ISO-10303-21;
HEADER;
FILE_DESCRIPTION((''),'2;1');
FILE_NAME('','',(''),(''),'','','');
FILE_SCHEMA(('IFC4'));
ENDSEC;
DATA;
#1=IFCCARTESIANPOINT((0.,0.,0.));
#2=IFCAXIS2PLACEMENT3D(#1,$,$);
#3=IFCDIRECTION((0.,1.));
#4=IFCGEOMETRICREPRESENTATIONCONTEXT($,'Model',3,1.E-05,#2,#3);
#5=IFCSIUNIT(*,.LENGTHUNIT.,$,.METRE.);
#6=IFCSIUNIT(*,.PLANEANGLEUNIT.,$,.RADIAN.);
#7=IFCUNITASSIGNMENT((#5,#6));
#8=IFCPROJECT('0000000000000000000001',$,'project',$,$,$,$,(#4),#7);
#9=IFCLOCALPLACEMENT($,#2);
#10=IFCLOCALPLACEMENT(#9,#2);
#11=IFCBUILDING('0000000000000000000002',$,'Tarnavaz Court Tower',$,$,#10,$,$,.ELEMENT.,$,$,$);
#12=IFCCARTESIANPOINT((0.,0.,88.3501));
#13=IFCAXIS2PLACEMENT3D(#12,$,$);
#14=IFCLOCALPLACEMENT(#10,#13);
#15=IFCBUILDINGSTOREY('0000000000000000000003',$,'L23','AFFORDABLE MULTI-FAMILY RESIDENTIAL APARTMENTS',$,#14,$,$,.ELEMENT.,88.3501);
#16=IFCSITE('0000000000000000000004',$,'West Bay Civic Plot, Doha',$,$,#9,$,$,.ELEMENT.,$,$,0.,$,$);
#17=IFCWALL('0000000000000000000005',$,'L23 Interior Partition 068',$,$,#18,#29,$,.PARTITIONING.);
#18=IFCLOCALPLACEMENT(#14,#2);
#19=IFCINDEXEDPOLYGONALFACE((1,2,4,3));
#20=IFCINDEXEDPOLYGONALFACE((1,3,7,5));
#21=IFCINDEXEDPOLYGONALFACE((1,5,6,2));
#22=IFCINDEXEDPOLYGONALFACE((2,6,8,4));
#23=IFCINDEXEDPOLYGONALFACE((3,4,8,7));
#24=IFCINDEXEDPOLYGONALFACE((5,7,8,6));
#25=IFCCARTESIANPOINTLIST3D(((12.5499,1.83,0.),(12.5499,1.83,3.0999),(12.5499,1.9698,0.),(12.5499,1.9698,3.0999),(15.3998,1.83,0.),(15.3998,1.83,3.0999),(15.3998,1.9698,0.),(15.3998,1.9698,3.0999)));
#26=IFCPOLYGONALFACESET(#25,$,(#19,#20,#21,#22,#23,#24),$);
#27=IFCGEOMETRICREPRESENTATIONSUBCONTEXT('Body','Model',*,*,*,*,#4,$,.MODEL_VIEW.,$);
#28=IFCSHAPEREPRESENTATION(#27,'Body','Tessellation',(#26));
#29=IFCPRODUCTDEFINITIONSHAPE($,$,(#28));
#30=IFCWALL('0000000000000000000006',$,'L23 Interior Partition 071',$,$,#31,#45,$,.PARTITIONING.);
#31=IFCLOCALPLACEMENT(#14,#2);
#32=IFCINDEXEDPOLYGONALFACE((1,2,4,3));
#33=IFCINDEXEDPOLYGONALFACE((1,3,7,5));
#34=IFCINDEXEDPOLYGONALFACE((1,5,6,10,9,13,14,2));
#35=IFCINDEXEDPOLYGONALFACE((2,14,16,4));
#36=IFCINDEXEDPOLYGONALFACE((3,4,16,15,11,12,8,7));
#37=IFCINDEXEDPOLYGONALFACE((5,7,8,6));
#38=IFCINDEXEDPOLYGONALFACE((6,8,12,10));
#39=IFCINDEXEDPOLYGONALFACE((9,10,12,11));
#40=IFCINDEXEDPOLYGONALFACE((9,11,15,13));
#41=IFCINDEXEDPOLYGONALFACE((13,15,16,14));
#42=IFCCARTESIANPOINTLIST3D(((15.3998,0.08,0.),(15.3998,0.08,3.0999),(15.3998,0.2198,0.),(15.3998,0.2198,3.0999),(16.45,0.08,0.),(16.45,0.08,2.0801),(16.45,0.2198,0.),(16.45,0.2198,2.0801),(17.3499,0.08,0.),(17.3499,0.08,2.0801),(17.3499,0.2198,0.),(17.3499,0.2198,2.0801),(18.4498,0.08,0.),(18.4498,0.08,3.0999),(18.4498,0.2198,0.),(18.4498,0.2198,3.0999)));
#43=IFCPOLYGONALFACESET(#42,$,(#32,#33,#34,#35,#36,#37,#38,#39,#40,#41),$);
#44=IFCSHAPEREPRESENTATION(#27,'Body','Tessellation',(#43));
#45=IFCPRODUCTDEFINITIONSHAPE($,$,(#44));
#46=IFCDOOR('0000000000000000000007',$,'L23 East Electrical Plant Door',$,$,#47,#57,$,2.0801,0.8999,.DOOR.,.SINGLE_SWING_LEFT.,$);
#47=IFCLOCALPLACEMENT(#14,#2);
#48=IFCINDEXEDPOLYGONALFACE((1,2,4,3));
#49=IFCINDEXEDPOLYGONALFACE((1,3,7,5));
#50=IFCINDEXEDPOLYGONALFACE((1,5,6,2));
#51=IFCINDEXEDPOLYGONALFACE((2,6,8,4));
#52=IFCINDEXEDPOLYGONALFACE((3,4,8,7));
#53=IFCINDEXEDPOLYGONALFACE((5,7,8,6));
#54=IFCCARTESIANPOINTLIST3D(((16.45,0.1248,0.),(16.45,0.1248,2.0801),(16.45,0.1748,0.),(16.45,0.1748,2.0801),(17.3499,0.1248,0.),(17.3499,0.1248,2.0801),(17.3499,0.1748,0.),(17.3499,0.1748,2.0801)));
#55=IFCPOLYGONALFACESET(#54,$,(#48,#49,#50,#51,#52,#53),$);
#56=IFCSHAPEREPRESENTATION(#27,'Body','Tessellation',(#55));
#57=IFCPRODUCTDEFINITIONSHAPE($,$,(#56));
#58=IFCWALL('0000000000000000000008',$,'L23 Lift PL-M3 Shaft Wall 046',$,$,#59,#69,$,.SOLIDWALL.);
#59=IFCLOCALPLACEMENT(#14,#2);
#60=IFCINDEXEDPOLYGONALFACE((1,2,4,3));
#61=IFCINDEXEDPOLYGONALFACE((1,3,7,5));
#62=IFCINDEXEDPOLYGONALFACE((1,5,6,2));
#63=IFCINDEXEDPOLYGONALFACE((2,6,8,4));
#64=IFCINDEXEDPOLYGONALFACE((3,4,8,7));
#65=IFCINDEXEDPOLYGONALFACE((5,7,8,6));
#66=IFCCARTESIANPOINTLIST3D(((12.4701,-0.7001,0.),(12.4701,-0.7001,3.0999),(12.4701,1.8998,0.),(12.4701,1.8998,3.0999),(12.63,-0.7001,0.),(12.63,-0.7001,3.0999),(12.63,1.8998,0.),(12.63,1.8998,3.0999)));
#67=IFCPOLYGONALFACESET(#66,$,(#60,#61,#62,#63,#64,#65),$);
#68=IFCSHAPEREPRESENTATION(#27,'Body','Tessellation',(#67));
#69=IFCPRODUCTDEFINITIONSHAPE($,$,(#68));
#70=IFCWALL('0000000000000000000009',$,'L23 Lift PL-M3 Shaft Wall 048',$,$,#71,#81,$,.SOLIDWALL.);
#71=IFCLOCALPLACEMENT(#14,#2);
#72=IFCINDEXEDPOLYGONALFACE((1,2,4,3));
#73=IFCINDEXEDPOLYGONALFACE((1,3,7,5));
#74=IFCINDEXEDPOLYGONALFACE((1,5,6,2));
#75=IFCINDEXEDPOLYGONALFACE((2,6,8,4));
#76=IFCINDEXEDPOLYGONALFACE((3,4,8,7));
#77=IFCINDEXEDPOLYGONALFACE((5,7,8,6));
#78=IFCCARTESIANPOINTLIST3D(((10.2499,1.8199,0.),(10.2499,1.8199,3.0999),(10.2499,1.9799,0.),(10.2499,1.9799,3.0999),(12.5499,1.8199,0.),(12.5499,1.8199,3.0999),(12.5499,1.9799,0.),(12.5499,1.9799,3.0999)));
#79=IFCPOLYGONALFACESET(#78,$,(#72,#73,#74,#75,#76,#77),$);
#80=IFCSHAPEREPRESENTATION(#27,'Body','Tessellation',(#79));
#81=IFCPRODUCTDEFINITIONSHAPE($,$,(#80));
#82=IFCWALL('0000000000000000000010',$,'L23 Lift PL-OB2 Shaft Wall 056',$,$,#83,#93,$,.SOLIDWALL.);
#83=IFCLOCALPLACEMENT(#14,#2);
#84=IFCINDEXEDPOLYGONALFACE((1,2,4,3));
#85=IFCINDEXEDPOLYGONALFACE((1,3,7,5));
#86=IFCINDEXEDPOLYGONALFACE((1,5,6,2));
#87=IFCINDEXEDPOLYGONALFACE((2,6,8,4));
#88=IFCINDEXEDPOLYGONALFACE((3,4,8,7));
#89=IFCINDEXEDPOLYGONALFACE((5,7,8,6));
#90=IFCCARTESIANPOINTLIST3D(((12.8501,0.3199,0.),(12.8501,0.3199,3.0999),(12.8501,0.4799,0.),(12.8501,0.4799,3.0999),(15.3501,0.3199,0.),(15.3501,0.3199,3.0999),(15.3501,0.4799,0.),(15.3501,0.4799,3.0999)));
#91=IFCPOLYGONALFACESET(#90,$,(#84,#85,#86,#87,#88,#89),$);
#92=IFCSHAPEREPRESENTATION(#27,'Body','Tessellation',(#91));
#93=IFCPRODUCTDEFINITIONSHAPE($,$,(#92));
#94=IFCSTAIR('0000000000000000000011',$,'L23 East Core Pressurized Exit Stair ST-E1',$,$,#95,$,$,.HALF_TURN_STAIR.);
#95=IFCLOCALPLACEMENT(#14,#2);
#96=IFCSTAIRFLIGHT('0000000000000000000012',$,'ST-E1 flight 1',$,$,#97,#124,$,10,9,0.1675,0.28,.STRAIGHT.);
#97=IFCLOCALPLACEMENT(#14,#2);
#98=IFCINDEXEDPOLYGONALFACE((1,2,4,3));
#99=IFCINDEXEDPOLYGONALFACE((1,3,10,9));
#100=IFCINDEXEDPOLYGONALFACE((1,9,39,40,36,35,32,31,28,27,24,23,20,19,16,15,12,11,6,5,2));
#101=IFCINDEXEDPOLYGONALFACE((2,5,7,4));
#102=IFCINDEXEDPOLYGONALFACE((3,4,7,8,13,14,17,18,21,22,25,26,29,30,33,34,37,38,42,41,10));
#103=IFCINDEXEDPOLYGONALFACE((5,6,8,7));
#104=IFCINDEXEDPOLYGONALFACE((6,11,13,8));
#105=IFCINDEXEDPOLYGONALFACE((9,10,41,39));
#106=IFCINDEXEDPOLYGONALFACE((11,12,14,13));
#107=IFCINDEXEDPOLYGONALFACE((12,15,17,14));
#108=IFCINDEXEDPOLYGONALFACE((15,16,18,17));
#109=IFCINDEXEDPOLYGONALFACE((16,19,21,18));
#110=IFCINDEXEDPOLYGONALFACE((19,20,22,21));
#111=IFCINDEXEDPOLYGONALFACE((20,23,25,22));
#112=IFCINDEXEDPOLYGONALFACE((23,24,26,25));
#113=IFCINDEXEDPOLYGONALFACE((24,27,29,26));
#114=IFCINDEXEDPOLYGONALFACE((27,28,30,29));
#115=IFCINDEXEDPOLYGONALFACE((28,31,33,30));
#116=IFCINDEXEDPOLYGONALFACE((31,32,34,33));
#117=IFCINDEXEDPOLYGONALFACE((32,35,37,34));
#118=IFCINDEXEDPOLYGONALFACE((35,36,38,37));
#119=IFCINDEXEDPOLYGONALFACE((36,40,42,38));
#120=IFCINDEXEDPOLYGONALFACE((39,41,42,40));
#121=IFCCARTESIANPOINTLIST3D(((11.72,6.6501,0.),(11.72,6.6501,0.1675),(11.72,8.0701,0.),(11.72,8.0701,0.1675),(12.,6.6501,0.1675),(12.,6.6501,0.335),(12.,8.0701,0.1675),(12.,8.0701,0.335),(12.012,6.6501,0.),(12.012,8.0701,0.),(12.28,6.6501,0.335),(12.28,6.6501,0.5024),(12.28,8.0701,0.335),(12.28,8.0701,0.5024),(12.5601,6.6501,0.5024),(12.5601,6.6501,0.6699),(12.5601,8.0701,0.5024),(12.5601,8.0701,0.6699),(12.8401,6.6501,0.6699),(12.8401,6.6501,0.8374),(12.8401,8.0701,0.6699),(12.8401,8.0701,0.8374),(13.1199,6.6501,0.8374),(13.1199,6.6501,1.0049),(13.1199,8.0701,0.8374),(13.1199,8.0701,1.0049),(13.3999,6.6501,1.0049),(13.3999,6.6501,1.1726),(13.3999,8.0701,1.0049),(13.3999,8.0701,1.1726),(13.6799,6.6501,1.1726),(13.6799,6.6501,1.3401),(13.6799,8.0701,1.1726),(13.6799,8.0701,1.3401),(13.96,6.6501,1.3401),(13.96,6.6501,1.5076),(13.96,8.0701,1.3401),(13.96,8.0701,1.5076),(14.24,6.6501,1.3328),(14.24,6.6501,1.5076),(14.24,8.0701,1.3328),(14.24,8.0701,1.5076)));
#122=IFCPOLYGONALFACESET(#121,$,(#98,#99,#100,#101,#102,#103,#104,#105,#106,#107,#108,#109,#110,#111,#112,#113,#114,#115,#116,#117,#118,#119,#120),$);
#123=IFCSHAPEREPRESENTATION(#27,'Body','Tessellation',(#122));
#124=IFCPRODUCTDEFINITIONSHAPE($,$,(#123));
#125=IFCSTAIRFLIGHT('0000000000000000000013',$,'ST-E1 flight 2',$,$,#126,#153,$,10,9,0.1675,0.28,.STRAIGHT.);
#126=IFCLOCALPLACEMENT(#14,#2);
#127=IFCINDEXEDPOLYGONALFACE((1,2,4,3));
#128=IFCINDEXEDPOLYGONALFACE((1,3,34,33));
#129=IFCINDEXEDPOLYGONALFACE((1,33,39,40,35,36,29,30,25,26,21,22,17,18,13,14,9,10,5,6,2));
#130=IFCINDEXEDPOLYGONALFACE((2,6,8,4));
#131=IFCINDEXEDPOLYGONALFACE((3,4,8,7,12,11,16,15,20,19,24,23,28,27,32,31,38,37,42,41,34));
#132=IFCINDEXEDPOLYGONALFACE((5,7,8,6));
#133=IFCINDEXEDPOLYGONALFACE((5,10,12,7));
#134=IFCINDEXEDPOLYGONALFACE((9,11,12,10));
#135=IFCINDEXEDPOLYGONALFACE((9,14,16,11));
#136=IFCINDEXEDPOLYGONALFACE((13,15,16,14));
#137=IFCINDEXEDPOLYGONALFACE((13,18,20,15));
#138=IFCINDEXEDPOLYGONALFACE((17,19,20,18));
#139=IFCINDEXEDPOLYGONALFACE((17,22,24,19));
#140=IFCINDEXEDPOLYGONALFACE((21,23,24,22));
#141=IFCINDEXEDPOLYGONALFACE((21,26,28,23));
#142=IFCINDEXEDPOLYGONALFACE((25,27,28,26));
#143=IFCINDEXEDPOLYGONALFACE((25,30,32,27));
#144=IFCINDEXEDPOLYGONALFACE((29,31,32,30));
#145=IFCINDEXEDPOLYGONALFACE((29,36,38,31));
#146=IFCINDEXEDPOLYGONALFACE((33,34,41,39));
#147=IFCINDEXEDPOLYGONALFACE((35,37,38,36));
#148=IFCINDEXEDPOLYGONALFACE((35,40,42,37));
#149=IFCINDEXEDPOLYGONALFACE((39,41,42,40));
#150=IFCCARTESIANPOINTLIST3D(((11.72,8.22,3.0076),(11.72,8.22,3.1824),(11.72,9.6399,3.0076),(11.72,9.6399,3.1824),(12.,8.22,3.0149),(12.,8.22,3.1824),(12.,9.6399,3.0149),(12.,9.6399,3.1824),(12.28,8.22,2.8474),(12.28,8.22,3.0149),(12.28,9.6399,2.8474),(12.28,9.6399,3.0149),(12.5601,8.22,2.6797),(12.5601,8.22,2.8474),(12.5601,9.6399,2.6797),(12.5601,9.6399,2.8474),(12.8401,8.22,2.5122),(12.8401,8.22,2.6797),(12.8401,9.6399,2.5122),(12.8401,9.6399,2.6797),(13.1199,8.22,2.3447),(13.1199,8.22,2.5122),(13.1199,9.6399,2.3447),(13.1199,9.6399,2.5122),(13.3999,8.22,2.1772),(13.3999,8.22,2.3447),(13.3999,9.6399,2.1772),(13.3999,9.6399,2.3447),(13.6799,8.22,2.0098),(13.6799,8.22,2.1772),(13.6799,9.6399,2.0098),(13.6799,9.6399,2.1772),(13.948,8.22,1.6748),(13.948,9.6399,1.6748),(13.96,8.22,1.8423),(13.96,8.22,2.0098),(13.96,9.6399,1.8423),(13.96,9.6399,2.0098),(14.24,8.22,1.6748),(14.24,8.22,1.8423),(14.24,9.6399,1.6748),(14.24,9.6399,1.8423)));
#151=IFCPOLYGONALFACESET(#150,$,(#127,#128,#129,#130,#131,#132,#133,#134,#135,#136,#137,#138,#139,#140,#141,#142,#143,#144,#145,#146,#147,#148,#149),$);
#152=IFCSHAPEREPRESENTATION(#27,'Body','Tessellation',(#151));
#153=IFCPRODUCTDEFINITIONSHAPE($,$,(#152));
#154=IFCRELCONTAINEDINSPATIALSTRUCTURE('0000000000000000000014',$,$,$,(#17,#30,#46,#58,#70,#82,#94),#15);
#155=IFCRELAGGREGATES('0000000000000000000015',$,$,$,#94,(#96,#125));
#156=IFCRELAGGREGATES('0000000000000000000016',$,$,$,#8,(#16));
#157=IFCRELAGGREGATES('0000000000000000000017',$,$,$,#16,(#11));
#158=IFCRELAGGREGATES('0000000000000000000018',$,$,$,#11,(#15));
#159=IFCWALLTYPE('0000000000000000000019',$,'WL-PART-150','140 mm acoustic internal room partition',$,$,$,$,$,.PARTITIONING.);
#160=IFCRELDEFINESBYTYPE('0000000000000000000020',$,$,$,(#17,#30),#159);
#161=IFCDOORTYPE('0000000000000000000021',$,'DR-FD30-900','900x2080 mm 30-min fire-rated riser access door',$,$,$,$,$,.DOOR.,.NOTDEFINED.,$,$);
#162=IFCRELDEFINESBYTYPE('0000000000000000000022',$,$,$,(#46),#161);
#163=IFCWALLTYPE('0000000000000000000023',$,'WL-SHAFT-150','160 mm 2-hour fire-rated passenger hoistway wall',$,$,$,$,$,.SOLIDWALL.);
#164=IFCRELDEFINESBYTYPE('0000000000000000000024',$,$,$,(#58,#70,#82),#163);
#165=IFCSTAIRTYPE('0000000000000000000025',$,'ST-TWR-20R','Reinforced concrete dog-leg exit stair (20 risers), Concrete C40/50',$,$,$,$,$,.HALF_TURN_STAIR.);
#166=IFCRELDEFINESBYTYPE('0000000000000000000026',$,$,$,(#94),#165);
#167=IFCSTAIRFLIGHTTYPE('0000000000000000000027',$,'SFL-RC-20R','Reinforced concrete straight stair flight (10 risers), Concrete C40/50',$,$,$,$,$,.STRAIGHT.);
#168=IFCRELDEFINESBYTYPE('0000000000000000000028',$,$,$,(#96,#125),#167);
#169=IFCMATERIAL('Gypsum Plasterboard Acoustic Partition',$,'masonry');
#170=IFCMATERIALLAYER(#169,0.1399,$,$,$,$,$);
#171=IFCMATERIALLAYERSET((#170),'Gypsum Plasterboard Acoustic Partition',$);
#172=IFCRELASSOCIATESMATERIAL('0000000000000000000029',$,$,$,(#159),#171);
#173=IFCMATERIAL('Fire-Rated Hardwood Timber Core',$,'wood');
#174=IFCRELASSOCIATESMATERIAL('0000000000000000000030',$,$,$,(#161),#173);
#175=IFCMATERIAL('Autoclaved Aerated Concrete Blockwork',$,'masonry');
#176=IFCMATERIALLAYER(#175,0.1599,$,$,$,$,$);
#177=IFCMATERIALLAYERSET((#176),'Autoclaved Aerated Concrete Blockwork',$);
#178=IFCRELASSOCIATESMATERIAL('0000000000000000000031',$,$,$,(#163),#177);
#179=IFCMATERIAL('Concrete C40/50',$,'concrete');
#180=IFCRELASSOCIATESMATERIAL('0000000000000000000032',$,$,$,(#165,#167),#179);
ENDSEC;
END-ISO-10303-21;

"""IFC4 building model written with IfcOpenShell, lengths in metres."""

from ifc_helpers import new_model, si_unit, direction, frame, frame_2d, origin, place, context, subcontext, project, spatial, polyline, rectangle, outline, extrude, material, layer, layer_set, type_object, element, fill, aggregate, save


model = new_model("IFC4")

# Units and contexts
model_context = context("Model", 3, precision=1e-05, world=origin(), true_north=direction((0.0, 1.0)))
body_context = subcontext(model_context, "Body", "Model", "MODEL_VIEW")
ifc_project = project(units=[si_unit("LENGTHUNIT", "METRE"), si_unit("PLANEANGLEUNIT", "RADIAN")], contexts=[model_context])

# Site, building, storey
site_placement = place(None, origin())
site = spatial("IfcSite", under=ifc_project, at=site_placement, Name="West Bay Civic Plot, Doha", CompositionType="ELEMENT", RefElevation=0.0)
building_placement = place(site_placement, origin())
building = spatial("IfcBuilding", under=site, at=building_placement, Name="Tarnavaz Court Tower", CompositionType="ELEMENT")
storey_placement = place(building_placement, frame((0.0, 0.0, 88.3501)))
storey = spatial("IfcBuildingStorey", under=building, at=storey_placement, Name="L23", Description="AFFORDABLE MULTI-FAMILY RESIDENTIAL APARTMENTS", CompositionType="ELEMENT", Elevation=88.3501)

# Wall
ifc_material_1 = material(Name="Gypsum Plasterboard Acoustic Partition", Category="masonry")
ifc_layer_1 = layer(ifc_material_1, 0.1399)
ifc_layer_set_1 = layer_set([ifc_layer_1], Name="Gypsum Plasterboard Acoustic Partition")
wall_type_1 = type_object("IfcWallType", Name="WL-PART-150", Description="140 mm acoustic internal room partition", PredefinedType="PARTITIONING", material=ifc_layer_set_1)
wall_1_placement = place(storey_placement, frame((12.55, 1.8999, 0.0), z_axis=(0.0, 0.0, 1.0), x_axis=(1.0, 0.0, 0.0)))
element("IfcWall", 1, at=wall_1_placement, inside=storey, type_object=wall_type_1, Name="L23 Interior Partition 068", PredefinedType="PARTITIONING", context=body_context, shape_type="SweptSolid", body=[
    extrude(rectangle(XDim=2.8499, YDim=0.1399, at=frame_2d((1.4248, 0.0))), origin(), (0.0, 0.0, 1.0), 3.0999),
])

# Wall, opening, door
wall_2_placement = place(storey_placement, frame((15.3999, 0.1499, 0.0), z_axis=(0.0, 0.0, 1.0), x_axis=(1.0, 0.0, 0.0)))
wall_2 = element("IfcWall", 2, at=wall_2_placement, inside=storey, type_object=wall_type_1, Name="L23 Interior Partition 071", PredefinedType="PARTITIONING", context=body_context, shape_type="SweptSolid", body=[
    extrude(rectangle(XDim=3.05, YDim=0.1399, at=frame_2d((1.5249, 0.0))), origin(), (0.0, 0.0, 1.0), 3.0999),
])
opening_1_placement = place(wall_2_placement, frame((1.05, 0.0, 0.0)))
opening_1 = element("IfcOpeningElement", 3, at=opening_1_placement, cuts=wall_2, PredefinedType="OPENING", context=body_context, shape_type="SweptSolid", body=[
    extrude(rectangle(XDim=0.8999, YDim=2.0801, at=frame_2d((0.45, 1.04))), frame((0.0, 0.0798, 0.0), z_axis=(0.0, -1.0, 0.0), x_axis=(1.0, 0.0, 0.0)), (0.0, 0.0, 1.0), 0.1599),
])
ifc_material_2 = material(Name="Fire-Rated Hardwood Timber Core", Category="wood")
door_type_1 = type_object("IfcDoorType", Name="DR-FD30-900", Description="900x2080 mm 30-min fire-rated riser access door", OperationType="NOTDEFINED", PredefinedType="DOOR", material=ifc_material_2)
door_1_placement = place(opening_1_placement, origin())
door_1 = element("IfcDoor", 4, at=door_1_placement, inside=storey, type_object=door_type_1, Name="L23 East Electrical Plant Door", OperationType="SINGLE_SWING_LEFT", OverallHeight=2.0801, OverallWidth=0.8999, PredefinedType="DOOR", context=body_context, shape_type="SweptSolid", body=[
    extrude(rectangle(XDim=0.8999, YDim=2.0801, at=frame_2d((0.45, 1.04))), frame((0.0, 0.0249, 0.0), z_axis=(0.0, -1.0, 0.0), x_axis=(1.0, 0.0, 0.0)), (0.0, 0.0, 1.0), 0.05),
])
fill(opening_1, door_1)

# Walls
ifc_material_3 = material(Name="Autoclaved Aerated Concrete Blockwork", Category="masonry")
ifc_layer_2 = layer(ifc_material_3, 0.1599)
ifc_layer_set_2 = layer_set([ifc_layer_2], Name="Autoclaved Aerated Concrete Blockwork")
wall_type_2 = type_object("IfcWallType", Name="WL-SHAFT-150", Description="160 mm 2-hour fire-rated passenger hoistway wall", PredefinedType="SOLIDWALL", material=ifc_layer_set_2)
wall_3_placement = place(storey_placement, frame((12.55, -0.7, 0.0), z_axis=(0.0, 0.0, 1.0), x_axis=(0.0, 1.0, 0.0)))
element("IfcWall", 5, at=wall_3_placement, inside=storey, type_object=wall_type_2, Name="L23 Lift PL-M3 Shaft Wall 046", PredefinedType="SOLIDWALL", context=body_context, shape_type="SweptSolid", body=[
    extrude(rectangle(XDim=2.5999, YDim=0.1599, at=frame_2d((1.2998, 0.0))), origin(), (0.0, 0.0, 1.0), 3.0999),
])
wall_4_placement = place(storey_placement, frame((10.25, 1.8999, 0.0), z_axis=(0.0, 0.0, 1.0), x_axis=(1.0, 0.0, 0.0)))
element("IfcWall", 6, at=wall_4_placement, inside=storey, type_object=wall_type_2, Name="L23 Lift PL-M3 Shaft Wall 048", PredefinedType="SOLIDWALL", context=body_context, shape_type="SweptSolid", body=[
    extrude(rectangle(XDim=2.3, YDim=0.1599, at=frame_2d((1.1499, 0.0))), origin(), (0.0, 0.0, 1.0), 3.0999),
])
wall_5_placement = place(storey_placement, frame((12.8501, 0.3999, 0.0), z_axis=(0.0, 0.0, 1.0), x_axis=(1.0, 0.0, 0.0)))
element("IfcWall", 7, at=wall_5_placement, inside=storey, type_object=wall_type_2, Name="L23 Lift PL-OB2 Shaft Wall 056", PredefinedType="SOLIDWALL", context=body_context, shape_type="SweptSolid", body=[
    extrude(rectangle(XDim=2.5, YDim=0.1599, at=frame_2d((1.25, 0.0))), origin(), (0.0, 0.0, 1.0), 3.0999),
])

# Stair, stair flights
ifc_material_4 = material(Name="Concrete C40/50", Category="concrete")
stair_type = type_object("IfcStairType", Name="ST-TWR-20R", Description="Reinforced concrete dog-leg exit stair (20 risers), Concrete C40/50", PredefinedType="HALF_TURN_STAIR", material=ifc_material_4)
stair_placement = place(storey_placement, origin())
stair = element("IfcStair", 8, at=stair_placement, inside=storey, type_object=stair_type, Name="L23 East Core Pressurized Exit Stair ST-E1", PredefinedType="HALF_TURN_STAIR")
stair_flight_type = type_object("IfcStairFlightType", Name="SFL-RC-20R", Description="Reinforced concrete straight stair flight (10 risers), Concrete C40/50", PredefinedType="STRAIGHT", material=ifc_material_4)
stair_flight_1_placement = place(storey_placement, frame((11.72, 7.3601, 0.0), z_axis=(0.0, 0.0, 1.0), x_axis=(1.0, 0.0, 0.0)))
stair_flight_1 = element("IfcStairFlight", 9, at=stair_flight_1_placement, type_object=stair_flight_type, Name="ST-E1 flight 1", NumberOfRisers=10, NumberOfTreads=9, PredefinedType="STRAIGHT", RiserHeight=0.1675, TreadLength=0.28, context=body_context, shape_type="SweptSolid", body=[
    extrude(outline(polyline([(0.0, 0.0), (0.0, 0.1675), (0.28, 0.1675), (0.28, 0.335), (0.5601, 0.335), (0.5601, 0.5024), (0.8401, 0.5024), (0.8401, 0.6699), (1.1201, 0.6699), (1.1201, 0.8374), (1.3999, 0.8374), (1.3999, 1.0049), (1.6799, 1.0049), (1.6799, 1.1726), (1.96, 1.1726), (1.96, 1.3401), (2.24, 1.3401), (2.24, 1.5076), (2.52, 1.5076), (2.52, 1.675), (2.52, 1.3328), (0.292, 0.0), (0.0, 0.0)])), frame((0.0, 0.71, 0.0), z_axis=(0.0, -1.0, 0.0), x_axis=(1.0, 0.0, 0.0)), (0.0, 0.0, 1.0), 1.4199),
])
stair_flight_2_placement = place(storey_placement, frame((14.24, 8.9299, 1.6748), z_axis=(0.0, 0.0, 1.0), x_axis=(-1.0, 0.0, 0.0)))
stair_flight_2 = element("IfcStairFlight", 10, at=stair_flight_2_placement, type_object=stair_flight_type, Name="ST-E1 flight 2", NumberOfRisers=10, NumberOfTreads=9, PredefinedType="STRAIGHT", RiserHeight=0.1675, TreadLength=0.28, context=body_context, shape_type="SweptSolid", body=[
    extrude(outline(polyline([(0.0, 0.0), (0.0, 0.1675), (0.28, 0.1675), (0.28, 0.335), (0.5601, 0.335), (0.5601, 0.5024), (0.8401, 0.5024), (0.8401, 0.6699), (1.1201, 0.6699), (1.1201, 0.8374), (1.3999, 0.8374), (1.3999, 1.0049), (1.6799, 1.0049), (1.6799, 1.1726), (1.96, 1.1726), (1.96, 1.3401), (2.24, 1.3401), (2.24, 1.5076), (2.52, 1.5076), (2.52, 1.675), (2.52, 1.3328), (0.292, 0.0), (0.0, 0.0)])), frame((0.0, 0.71, 0.0), z_axis=(0.0, -1.0, 0.0), x_axis=(1.0, 0.0, 0.0)), (0.0, 0.0, 1.0), 1.4199),
])
aggregate(stair, [stair_flight_1, stair_flight_2])

save(model, "model.ifc")
